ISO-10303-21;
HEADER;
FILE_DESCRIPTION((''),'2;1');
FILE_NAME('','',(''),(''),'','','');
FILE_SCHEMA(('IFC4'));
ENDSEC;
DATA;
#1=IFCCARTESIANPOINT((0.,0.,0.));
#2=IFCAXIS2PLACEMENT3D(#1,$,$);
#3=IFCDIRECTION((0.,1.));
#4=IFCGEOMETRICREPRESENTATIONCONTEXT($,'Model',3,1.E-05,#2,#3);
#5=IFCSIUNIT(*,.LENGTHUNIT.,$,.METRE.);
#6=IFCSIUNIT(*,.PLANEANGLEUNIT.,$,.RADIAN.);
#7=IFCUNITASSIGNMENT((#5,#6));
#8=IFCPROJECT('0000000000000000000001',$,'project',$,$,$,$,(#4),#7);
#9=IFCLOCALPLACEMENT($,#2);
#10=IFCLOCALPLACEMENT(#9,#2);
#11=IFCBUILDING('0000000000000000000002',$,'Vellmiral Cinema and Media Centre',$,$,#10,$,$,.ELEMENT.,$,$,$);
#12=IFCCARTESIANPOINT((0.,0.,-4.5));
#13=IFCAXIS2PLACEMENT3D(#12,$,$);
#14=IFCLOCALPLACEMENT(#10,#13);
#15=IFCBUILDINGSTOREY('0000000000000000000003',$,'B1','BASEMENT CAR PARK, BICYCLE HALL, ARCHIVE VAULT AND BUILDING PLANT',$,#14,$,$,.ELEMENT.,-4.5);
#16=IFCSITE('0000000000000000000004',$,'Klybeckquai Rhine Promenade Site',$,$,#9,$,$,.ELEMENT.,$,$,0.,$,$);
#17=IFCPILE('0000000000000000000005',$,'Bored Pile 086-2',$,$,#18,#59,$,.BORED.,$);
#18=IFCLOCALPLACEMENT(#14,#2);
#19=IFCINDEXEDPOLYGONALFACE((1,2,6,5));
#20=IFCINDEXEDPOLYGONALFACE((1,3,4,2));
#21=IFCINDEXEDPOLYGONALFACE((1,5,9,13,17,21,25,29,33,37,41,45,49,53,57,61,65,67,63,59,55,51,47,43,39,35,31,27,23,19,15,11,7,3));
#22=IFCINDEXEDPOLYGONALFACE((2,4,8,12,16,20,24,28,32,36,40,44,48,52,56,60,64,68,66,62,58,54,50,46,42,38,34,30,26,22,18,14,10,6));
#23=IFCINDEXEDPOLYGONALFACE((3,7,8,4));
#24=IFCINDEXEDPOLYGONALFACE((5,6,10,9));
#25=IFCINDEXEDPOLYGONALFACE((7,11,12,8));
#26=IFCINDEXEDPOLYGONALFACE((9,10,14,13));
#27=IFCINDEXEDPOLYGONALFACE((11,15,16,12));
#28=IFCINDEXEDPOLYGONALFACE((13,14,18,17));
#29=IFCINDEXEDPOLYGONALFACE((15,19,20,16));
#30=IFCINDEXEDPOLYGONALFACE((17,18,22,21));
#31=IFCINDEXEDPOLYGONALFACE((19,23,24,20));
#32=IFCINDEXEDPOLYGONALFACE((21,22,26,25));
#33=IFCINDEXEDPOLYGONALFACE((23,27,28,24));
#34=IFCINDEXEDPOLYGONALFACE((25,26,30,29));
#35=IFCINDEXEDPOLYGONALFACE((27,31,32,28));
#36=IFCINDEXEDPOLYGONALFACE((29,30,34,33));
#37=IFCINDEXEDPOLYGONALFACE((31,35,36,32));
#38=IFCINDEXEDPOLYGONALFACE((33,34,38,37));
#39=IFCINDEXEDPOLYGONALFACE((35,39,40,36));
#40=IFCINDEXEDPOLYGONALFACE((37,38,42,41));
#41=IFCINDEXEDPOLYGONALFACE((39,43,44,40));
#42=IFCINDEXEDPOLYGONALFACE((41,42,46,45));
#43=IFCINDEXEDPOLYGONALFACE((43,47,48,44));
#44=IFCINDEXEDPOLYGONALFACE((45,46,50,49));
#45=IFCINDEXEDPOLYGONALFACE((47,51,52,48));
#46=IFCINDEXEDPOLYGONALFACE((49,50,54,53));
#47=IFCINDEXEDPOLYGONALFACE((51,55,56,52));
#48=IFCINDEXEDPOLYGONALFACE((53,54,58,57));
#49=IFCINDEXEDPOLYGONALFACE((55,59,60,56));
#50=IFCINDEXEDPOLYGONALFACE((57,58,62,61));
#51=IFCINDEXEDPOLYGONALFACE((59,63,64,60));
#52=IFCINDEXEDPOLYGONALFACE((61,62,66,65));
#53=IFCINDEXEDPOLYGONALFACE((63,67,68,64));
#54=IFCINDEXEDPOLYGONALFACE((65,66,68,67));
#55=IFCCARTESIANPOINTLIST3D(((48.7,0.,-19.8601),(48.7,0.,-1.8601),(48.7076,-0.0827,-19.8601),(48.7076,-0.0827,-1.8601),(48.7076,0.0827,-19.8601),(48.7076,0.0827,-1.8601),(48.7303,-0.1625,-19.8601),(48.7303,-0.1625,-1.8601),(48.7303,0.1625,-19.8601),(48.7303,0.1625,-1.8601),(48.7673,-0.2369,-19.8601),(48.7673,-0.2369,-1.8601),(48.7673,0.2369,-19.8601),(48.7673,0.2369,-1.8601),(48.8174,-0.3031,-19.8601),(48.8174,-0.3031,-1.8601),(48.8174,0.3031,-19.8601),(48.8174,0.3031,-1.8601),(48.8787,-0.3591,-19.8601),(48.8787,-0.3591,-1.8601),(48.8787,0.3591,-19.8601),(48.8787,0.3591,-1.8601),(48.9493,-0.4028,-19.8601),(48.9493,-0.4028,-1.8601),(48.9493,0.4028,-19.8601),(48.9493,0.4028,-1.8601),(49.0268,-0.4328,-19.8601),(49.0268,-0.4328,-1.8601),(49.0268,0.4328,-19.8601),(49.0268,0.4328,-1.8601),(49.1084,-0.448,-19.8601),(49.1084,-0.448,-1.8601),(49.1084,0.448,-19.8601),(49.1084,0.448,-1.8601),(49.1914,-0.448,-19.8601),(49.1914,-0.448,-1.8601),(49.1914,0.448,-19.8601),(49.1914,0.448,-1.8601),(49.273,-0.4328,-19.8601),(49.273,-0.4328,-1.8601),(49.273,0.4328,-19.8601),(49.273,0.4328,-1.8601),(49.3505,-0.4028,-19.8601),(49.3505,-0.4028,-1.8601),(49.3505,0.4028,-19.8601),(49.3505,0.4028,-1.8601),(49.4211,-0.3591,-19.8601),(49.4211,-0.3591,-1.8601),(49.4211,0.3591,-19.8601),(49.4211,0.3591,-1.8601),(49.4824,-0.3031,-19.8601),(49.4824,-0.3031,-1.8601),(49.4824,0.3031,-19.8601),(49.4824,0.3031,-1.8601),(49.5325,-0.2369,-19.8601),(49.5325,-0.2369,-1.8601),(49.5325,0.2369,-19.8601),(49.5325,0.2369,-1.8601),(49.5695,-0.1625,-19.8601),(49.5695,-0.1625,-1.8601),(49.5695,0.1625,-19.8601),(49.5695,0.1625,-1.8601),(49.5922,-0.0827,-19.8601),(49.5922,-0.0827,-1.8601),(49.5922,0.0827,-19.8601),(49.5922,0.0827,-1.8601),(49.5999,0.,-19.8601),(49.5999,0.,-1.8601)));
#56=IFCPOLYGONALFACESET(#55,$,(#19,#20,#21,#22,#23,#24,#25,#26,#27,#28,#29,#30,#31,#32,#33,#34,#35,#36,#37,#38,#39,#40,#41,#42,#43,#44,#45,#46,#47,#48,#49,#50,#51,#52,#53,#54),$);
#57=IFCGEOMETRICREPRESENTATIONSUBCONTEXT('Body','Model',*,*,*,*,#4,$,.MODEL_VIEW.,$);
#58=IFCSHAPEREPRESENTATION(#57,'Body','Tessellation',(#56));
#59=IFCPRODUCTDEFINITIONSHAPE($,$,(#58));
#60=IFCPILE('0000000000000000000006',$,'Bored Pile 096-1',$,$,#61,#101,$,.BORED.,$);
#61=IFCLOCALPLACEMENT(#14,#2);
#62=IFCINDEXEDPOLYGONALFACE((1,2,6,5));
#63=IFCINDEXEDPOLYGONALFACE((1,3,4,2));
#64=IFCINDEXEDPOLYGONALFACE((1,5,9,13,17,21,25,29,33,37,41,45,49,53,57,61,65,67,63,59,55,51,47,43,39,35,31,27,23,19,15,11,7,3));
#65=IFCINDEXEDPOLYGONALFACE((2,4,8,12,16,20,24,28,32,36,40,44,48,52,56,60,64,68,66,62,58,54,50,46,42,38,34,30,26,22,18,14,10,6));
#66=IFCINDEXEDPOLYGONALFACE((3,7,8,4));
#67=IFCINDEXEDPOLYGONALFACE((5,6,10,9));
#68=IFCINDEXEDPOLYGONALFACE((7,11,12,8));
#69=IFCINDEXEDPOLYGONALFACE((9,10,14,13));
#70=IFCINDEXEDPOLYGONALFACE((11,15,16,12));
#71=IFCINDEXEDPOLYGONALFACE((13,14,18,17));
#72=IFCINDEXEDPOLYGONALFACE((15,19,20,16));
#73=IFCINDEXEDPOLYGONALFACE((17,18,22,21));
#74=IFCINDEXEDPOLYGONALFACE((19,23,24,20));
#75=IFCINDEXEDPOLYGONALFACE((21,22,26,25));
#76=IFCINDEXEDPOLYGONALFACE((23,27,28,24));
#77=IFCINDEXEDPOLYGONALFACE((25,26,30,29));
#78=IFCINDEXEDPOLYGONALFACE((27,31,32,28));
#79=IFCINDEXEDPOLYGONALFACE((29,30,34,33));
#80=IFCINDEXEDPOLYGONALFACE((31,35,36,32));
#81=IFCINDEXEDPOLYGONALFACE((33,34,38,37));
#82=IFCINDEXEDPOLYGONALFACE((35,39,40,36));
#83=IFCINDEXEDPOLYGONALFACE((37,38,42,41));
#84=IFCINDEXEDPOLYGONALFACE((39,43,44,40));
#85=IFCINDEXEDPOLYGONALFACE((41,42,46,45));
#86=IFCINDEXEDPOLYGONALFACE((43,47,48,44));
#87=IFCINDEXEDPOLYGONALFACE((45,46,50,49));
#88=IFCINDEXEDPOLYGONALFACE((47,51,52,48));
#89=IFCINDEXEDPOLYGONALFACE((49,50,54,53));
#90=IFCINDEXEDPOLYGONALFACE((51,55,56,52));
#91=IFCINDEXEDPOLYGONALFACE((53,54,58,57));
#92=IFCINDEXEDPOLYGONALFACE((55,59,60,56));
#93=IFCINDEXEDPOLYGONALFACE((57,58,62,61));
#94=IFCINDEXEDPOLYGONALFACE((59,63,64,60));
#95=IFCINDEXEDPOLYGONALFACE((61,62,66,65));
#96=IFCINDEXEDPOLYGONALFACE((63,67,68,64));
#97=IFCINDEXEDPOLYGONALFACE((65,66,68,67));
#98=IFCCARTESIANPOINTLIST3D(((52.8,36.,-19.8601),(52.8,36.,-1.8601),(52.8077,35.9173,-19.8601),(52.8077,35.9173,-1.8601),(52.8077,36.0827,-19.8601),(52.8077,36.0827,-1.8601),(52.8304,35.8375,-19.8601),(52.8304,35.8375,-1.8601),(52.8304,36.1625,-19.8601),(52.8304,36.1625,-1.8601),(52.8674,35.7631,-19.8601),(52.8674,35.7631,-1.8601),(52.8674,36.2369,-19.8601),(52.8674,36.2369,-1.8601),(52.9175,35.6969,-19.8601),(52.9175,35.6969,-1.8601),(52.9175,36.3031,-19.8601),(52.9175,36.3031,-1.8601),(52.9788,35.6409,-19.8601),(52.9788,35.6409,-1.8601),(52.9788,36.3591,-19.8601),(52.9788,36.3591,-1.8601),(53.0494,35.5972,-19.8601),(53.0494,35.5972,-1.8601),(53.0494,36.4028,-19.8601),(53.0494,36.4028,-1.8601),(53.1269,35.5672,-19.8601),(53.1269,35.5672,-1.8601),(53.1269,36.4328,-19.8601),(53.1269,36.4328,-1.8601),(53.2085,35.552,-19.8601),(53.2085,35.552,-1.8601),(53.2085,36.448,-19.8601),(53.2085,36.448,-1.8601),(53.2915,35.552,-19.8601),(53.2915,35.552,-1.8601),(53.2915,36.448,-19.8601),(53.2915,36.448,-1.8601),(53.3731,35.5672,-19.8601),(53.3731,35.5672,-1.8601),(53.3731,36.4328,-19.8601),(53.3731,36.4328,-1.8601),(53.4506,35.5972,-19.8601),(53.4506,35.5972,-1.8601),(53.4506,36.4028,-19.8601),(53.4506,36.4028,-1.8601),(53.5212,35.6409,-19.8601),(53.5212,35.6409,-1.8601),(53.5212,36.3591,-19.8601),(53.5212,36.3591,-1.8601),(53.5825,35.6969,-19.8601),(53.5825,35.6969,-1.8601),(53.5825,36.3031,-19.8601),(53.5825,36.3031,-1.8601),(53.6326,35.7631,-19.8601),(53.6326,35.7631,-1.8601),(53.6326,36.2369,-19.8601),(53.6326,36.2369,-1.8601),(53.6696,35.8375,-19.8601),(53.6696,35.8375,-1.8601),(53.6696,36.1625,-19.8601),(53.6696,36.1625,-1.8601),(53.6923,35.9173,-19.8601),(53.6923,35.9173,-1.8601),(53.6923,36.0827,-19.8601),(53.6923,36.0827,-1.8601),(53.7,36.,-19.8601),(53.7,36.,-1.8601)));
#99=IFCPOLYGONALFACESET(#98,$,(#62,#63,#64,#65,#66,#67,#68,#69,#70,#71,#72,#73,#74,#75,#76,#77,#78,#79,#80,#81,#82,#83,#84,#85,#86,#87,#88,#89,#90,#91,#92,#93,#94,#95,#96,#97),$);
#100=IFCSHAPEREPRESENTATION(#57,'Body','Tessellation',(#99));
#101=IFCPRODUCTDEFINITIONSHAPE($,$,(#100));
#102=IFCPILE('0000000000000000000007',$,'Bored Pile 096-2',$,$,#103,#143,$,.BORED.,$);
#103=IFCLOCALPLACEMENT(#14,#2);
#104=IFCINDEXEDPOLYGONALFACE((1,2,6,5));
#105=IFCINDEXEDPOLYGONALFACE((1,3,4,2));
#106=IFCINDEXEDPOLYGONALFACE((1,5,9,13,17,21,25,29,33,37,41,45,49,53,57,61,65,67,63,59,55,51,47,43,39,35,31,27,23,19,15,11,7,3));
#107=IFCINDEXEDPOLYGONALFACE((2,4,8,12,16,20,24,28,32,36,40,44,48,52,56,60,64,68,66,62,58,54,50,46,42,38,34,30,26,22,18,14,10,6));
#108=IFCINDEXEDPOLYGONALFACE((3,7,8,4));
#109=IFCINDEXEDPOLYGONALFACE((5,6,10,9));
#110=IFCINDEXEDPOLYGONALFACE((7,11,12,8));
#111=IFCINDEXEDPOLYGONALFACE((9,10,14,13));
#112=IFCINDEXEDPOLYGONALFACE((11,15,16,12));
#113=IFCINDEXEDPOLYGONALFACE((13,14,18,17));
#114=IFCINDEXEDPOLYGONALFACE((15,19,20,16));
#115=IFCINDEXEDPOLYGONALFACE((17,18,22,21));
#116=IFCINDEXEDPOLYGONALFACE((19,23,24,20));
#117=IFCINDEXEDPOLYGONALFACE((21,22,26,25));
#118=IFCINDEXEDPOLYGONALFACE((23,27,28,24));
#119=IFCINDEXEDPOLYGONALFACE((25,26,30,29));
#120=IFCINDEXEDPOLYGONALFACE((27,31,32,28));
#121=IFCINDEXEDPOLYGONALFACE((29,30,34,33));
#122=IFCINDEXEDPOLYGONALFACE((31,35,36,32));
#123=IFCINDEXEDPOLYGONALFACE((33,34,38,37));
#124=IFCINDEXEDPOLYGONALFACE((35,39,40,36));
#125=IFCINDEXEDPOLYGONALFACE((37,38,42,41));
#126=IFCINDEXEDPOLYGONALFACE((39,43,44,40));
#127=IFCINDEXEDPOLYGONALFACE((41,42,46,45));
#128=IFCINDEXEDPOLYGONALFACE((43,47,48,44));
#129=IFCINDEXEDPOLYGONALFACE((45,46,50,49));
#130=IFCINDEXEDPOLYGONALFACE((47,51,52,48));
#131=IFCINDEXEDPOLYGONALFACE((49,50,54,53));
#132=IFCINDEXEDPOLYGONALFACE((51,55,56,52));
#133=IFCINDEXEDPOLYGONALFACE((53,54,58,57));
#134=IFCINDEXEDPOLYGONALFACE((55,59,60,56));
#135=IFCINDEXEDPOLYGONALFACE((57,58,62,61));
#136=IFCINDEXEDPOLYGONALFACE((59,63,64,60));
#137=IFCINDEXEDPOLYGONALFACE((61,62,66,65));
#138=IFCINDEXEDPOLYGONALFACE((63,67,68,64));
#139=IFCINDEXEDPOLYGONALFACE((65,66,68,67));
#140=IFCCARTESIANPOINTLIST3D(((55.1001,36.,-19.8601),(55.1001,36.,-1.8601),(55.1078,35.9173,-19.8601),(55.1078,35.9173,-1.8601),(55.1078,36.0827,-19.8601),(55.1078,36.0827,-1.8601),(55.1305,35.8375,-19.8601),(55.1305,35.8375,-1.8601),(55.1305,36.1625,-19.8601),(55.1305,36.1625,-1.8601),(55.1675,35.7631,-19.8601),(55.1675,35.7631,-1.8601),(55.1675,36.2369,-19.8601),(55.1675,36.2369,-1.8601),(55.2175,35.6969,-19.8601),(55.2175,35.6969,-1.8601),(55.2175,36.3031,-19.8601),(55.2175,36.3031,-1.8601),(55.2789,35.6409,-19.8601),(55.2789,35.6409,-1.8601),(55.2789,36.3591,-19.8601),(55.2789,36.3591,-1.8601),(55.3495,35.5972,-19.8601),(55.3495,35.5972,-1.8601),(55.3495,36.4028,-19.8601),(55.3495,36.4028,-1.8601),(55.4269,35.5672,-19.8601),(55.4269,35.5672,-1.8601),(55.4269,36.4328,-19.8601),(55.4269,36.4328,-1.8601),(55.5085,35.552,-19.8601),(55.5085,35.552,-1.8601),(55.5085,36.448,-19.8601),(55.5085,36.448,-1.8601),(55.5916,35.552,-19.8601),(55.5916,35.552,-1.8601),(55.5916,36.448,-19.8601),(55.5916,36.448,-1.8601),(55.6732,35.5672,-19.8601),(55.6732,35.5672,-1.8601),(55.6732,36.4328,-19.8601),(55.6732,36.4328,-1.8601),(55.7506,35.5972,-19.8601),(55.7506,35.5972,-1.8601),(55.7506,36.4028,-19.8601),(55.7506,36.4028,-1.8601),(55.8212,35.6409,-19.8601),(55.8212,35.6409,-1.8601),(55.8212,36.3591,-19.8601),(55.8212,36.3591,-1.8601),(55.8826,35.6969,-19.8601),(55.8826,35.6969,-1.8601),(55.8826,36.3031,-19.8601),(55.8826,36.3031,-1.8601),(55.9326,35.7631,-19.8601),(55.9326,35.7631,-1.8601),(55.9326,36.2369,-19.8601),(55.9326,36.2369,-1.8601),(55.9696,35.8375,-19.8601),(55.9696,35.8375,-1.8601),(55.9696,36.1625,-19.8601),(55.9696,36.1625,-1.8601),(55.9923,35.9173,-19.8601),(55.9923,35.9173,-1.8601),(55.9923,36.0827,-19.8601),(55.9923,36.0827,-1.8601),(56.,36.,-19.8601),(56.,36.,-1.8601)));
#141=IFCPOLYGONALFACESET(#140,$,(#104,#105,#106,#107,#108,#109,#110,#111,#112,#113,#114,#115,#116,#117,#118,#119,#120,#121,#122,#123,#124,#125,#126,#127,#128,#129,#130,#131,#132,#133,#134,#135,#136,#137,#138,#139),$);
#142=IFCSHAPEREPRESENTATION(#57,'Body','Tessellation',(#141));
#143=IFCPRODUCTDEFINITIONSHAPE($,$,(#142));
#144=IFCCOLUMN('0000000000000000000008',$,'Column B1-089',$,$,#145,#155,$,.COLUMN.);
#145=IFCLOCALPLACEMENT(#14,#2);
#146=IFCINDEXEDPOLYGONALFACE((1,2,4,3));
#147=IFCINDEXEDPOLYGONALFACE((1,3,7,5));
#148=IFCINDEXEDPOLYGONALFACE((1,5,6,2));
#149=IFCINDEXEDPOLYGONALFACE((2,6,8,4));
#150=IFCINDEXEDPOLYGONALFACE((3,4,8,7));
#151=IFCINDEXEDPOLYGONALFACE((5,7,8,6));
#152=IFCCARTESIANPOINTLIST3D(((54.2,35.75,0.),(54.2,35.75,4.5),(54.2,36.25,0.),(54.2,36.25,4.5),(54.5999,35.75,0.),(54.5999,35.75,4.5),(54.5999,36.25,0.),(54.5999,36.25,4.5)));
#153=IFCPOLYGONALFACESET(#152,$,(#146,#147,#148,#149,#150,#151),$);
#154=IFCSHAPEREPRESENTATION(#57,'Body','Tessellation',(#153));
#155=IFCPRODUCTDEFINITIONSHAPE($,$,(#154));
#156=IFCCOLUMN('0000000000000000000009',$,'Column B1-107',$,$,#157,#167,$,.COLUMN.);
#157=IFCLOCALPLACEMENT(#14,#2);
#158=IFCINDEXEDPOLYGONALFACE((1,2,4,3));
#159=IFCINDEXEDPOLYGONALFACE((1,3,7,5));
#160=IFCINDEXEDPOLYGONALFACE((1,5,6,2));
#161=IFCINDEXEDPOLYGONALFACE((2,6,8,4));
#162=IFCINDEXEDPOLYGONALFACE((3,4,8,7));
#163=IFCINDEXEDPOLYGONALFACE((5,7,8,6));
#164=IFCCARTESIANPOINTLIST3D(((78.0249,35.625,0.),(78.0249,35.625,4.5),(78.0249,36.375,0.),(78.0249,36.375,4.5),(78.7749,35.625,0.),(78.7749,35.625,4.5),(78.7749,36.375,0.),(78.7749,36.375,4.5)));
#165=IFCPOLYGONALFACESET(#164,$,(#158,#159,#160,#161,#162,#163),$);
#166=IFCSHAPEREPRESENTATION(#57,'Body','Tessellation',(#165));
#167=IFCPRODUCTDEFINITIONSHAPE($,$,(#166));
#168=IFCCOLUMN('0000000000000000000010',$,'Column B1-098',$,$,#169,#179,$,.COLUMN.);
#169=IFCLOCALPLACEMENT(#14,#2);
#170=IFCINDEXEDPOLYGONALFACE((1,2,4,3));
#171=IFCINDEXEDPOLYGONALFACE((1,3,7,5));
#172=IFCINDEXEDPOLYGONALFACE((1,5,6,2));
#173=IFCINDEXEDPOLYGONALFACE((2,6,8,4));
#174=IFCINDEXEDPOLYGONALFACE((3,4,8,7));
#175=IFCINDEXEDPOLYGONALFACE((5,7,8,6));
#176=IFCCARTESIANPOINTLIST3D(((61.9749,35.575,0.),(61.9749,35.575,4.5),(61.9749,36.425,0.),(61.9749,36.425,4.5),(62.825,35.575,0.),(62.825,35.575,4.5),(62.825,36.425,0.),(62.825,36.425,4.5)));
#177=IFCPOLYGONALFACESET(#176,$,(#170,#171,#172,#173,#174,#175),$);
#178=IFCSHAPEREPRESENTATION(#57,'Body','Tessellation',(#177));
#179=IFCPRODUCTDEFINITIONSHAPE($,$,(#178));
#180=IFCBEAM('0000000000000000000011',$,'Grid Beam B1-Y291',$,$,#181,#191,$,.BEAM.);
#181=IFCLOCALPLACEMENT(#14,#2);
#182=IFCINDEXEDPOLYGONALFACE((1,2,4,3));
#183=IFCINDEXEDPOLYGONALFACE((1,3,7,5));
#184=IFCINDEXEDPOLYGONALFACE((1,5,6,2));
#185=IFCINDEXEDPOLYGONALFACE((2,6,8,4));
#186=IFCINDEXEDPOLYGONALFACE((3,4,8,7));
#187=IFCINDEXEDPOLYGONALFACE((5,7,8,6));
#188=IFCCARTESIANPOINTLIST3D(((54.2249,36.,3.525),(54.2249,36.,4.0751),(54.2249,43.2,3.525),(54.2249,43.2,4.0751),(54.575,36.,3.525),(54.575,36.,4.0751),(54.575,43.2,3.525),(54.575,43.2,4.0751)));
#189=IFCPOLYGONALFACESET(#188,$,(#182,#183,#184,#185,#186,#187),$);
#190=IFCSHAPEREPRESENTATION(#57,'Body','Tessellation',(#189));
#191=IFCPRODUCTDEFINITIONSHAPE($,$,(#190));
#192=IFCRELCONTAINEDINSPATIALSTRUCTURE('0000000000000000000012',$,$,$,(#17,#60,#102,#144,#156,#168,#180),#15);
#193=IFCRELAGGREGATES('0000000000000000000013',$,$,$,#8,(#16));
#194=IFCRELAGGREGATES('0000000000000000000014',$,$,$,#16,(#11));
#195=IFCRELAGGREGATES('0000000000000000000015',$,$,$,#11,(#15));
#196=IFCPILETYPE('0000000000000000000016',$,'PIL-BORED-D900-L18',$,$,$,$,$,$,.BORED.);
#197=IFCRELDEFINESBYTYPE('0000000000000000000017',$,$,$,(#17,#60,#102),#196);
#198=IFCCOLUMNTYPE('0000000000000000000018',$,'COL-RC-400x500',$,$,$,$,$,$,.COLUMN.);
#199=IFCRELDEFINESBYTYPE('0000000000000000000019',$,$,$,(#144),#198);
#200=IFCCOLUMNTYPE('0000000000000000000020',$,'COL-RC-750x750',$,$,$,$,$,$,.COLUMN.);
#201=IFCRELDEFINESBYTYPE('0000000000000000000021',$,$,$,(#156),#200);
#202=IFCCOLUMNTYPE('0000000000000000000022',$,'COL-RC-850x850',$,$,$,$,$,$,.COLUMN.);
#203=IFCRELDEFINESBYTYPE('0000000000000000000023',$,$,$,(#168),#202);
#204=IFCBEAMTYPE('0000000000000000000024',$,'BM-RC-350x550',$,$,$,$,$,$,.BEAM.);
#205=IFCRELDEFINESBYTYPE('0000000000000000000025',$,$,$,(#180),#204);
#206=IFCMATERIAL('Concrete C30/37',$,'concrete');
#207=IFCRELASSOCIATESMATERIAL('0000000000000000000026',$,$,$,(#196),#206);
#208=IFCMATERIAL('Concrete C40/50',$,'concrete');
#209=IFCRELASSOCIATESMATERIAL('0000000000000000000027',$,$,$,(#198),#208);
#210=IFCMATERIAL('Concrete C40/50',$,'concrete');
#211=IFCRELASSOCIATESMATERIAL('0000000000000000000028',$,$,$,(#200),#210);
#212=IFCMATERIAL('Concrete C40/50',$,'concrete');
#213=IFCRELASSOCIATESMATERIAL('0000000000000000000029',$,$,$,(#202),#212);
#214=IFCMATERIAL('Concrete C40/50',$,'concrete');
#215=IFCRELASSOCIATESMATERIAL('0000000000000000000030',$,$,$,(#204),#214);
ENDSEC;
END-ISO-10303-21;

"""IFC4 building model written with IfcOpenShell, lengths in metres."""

from ifc_helpers import new_model, si_unit, direction, frame, origin, origin_2d, place, context, subcontext, project, spatial, rectangle, circle, extrude, material, material_profile, profile_set, type_object, element, save


model = new_model("IFC4")

# Units and contexts
model_context = context("Model", 3, precision=1e-05, world=origin(), true_north=direction((0.0, 1.0)))
body_context = subcontext(model_context, "Body", "Model", "MODEL_VIEW")
ifc_project = project(units=[si_unit("LENGTHUNIT", "METRE"), si_unit("PLANEANGLEUNIT", "RADIAN")], contexts=[model_context])

# Site, building, storey
site_placement = place(None, origin())
site = spatial("IfcSite", under=ifc_project, at=site_placement, Name="Klybeckquai Rhine Promenade Site", CompositionType="ELEMENT", RefElevation=0.0)
building_placement = place(site_placement, origin())
building = spatial("IfcBuilding", under=site, at=building_placement, Name="Vellmiral Cinema and Media Centre", CompositionType="ELEMENT")
storey_placement = place(building_placement, frame((0.0, 0.0, -4.5)))
storey = spatial("IfcBuildingStorey", under=building, at=storey_placement, Name="B1", Description="BASEMENT CAR PARK, BICYCLE HALL, ARCHIVE VAULT AND BUILDING PLANT", CompositionType="ELEMENT", Elevation=-4.5)

# Piles
ifc_material_1 = material(Name="Concrete C30/37", Category="concrete")
ifc_material_profile_1 = material_profile(ifc_material_1, circle(Radius=0.45, at=origin_2d()), Name="PILE D900")
ifc_profile_set_1 = profile_set([ifc_material_profile_1], Name="Concrete C30/37")
pile_type_1 = type_object("IfcPileType", Name="PIL-BORED-D900-L18", PredefinedType="BORED", material=ifc_profile_set_1)
for number, where, z_axis, x_axis, name in (
    (1, (49.1499, 0.0, -1.8601), (0.0, 0.0, -1.0), (1.0, 0.0, 0.0), "Bored Pile 086-2"),
    (2, (53.25, 36.0, -1.8601), (0.0, 0.0, -1.0), (1.0, 0.0, 0.0), "Bored Pile 096-1"),
    (3, (55.55, 36.0, -1.8601), (0.0, 0.0, -1.0), (1.0, 0.0, 0.0), "Bored Pile 096-2"),
):
    element("IfcPile", number, at=place(storey_placement, frame(where, z_axis=z_axis, x_axis=x_axis)), inside=storey, type_object=pile_type_1, Name=name, PredefinedType="BORED", context=body_context, shape_type="SweptSolid", body=[
        extrude(circle(Radius=0.45, at=origin_2d()), origin(), (0.0, 0.0, 1.0), 18.0),
    ])

# Columns
ifc_material_2 = material(Name="Concrete C40/50", Category="concrete")
ifc_material_profile_2 = material_profile(ifc_material_2, rectangle(XDim=0.3999, YDim=0.5, at=origin_2d()), Name="RC 400x500")
ifc_profile_set_2 = profile_set([ifc_material_profile_2], Name="Concrete C40/50")
column_type_1 = type_object("IfcColumnType", Name="COL-RC-400x500", PredefinedType="COLUMN", material=ifc_profile_set_2)
column_1_placement = place(storey_placement, frame((54.3999, 36.0, 0.0), z_axis=(0.0, 0.0, 1.0), x_axis=(1.0, 0.0, 0.0)))
element("IfcColumn", 4, at=column_1_placement, inside=storey, type_object=column_type_1, Name="Column B1-089", PredefinedType="COLUMN", context=body_context, shape_type="SweptSolid", body=[
    extrude(rectangle(XDim=0.3999, YDim=0.5, at=origin_2d()), origin(), (0.0, 0.0, 1.0), 4.5),
])
ifc_material_3 = material(Name="Concrete C40/50", Category="concrete")
ifc_material_profile_3 = material_profile(ifc_material_3, rectangle(XDim=0.75, YDim=0.75, at=origin_2d()), Name="RC 750x750")
ifc_profile_set_3 = profile_set([ifc_material_profile_3], Name="Concrete C40/50")
column_type_2 = type_object("IfcColumnType", Name="COL-RC-750x750", PredefinedType="COLUMN", material=ifc_profile_set_3)
column_2_placement = place(storey_placement, frame((78.3999, 36.0, 0.0), z_axis=(0.0, 0.0, 1.0), x_axis=(1.0, 0.0, 0.0)))
element("IfcColumn", 5, at=column_2_placement, inside=storey, type_object=column_type_2, Name="Column B1-107", PredefinedType="COLUMN", context=body_context, shape_type="SweptSolid", body=[
    extrude(rectangle(XDim=0.75, YDim=0.75, at=origin_2d()), origin(), (0.0, 0.0, 1.0), 4.5),
])
ifc_material_4 = material(Name="Concrete C40/50", Category="concrete")
ifc_material_profile_4 = material_profile(ifc_material_4, rectangle(XDim=0.8501, YDim=0.8501, at=origin_2d()), Name="RC 850x850")
ifc_profile_set_4 = profile_set([ifc_material_profile_4], Name="Concrete C40/50")
column_type_3 = type_object("IfcColumnType", Name="COL-RC-850x850", PredefinedType="COLUMN", material=ifc_profile_set_4)
column_3_placement = place(storey_placement, frame((62.3999, 36.0, 0.0), z_axis=(0.0, 0.0, 1.0), x_axis=(1.0, 0.0, 0.0)))
element("IfcColumn", 6, at=column_3_placement, inside=storey, type_object=column_type_3, Name="Column B1-098", PredefinedType="COLUMN", context=body_context, shape_type="SweptSolid", body=[
    extrude(rectangle(XDim=0.8501, YDim=0.8501, at=origin_2d()), origin(), (0.0, 0.0, 1.0), 4.5),
])

# Beam
ifc_material_5 = material(Name="Concrete C40/50", Category="concrete")
ifc_material_profile_5 = material_profile(ifc_material_5, rectangle(XDim=0.3501, YDim=0.55, at=origin_2d()), Name="RC 350x550")
ifc_profile_set_5 = profile_set([ifc_material_profile_5], Name="Concrete C40/50")
beam_type_1 = type_object("IfcBeamType", Name="BM-RC-350x550", PredefinedType="BEAM", material=ifc_profile_set_5)
beam_1_placement = place(storey_placement, frame((54.3999, 36.0, 3.8), z_axis=(0.0, 1.0, 0.0), x_axis=(-1.0, 0.0, 0.0)))
element("IfcBeam", 7, at=beam_1_placement, inside=storey, type_object=beam_type_1, Name="Grid Beam B1-Y291", PredefinedType="BEAM", context=body_context, shape_type="SweptSolid", body=[
    extrude(rectangle(XDim=0.3501, YDim=0.55, at=origin_2d()), origin(), (0.0, 0.0, 1.0), 7.2),
])

save(model, "model.ifc")
